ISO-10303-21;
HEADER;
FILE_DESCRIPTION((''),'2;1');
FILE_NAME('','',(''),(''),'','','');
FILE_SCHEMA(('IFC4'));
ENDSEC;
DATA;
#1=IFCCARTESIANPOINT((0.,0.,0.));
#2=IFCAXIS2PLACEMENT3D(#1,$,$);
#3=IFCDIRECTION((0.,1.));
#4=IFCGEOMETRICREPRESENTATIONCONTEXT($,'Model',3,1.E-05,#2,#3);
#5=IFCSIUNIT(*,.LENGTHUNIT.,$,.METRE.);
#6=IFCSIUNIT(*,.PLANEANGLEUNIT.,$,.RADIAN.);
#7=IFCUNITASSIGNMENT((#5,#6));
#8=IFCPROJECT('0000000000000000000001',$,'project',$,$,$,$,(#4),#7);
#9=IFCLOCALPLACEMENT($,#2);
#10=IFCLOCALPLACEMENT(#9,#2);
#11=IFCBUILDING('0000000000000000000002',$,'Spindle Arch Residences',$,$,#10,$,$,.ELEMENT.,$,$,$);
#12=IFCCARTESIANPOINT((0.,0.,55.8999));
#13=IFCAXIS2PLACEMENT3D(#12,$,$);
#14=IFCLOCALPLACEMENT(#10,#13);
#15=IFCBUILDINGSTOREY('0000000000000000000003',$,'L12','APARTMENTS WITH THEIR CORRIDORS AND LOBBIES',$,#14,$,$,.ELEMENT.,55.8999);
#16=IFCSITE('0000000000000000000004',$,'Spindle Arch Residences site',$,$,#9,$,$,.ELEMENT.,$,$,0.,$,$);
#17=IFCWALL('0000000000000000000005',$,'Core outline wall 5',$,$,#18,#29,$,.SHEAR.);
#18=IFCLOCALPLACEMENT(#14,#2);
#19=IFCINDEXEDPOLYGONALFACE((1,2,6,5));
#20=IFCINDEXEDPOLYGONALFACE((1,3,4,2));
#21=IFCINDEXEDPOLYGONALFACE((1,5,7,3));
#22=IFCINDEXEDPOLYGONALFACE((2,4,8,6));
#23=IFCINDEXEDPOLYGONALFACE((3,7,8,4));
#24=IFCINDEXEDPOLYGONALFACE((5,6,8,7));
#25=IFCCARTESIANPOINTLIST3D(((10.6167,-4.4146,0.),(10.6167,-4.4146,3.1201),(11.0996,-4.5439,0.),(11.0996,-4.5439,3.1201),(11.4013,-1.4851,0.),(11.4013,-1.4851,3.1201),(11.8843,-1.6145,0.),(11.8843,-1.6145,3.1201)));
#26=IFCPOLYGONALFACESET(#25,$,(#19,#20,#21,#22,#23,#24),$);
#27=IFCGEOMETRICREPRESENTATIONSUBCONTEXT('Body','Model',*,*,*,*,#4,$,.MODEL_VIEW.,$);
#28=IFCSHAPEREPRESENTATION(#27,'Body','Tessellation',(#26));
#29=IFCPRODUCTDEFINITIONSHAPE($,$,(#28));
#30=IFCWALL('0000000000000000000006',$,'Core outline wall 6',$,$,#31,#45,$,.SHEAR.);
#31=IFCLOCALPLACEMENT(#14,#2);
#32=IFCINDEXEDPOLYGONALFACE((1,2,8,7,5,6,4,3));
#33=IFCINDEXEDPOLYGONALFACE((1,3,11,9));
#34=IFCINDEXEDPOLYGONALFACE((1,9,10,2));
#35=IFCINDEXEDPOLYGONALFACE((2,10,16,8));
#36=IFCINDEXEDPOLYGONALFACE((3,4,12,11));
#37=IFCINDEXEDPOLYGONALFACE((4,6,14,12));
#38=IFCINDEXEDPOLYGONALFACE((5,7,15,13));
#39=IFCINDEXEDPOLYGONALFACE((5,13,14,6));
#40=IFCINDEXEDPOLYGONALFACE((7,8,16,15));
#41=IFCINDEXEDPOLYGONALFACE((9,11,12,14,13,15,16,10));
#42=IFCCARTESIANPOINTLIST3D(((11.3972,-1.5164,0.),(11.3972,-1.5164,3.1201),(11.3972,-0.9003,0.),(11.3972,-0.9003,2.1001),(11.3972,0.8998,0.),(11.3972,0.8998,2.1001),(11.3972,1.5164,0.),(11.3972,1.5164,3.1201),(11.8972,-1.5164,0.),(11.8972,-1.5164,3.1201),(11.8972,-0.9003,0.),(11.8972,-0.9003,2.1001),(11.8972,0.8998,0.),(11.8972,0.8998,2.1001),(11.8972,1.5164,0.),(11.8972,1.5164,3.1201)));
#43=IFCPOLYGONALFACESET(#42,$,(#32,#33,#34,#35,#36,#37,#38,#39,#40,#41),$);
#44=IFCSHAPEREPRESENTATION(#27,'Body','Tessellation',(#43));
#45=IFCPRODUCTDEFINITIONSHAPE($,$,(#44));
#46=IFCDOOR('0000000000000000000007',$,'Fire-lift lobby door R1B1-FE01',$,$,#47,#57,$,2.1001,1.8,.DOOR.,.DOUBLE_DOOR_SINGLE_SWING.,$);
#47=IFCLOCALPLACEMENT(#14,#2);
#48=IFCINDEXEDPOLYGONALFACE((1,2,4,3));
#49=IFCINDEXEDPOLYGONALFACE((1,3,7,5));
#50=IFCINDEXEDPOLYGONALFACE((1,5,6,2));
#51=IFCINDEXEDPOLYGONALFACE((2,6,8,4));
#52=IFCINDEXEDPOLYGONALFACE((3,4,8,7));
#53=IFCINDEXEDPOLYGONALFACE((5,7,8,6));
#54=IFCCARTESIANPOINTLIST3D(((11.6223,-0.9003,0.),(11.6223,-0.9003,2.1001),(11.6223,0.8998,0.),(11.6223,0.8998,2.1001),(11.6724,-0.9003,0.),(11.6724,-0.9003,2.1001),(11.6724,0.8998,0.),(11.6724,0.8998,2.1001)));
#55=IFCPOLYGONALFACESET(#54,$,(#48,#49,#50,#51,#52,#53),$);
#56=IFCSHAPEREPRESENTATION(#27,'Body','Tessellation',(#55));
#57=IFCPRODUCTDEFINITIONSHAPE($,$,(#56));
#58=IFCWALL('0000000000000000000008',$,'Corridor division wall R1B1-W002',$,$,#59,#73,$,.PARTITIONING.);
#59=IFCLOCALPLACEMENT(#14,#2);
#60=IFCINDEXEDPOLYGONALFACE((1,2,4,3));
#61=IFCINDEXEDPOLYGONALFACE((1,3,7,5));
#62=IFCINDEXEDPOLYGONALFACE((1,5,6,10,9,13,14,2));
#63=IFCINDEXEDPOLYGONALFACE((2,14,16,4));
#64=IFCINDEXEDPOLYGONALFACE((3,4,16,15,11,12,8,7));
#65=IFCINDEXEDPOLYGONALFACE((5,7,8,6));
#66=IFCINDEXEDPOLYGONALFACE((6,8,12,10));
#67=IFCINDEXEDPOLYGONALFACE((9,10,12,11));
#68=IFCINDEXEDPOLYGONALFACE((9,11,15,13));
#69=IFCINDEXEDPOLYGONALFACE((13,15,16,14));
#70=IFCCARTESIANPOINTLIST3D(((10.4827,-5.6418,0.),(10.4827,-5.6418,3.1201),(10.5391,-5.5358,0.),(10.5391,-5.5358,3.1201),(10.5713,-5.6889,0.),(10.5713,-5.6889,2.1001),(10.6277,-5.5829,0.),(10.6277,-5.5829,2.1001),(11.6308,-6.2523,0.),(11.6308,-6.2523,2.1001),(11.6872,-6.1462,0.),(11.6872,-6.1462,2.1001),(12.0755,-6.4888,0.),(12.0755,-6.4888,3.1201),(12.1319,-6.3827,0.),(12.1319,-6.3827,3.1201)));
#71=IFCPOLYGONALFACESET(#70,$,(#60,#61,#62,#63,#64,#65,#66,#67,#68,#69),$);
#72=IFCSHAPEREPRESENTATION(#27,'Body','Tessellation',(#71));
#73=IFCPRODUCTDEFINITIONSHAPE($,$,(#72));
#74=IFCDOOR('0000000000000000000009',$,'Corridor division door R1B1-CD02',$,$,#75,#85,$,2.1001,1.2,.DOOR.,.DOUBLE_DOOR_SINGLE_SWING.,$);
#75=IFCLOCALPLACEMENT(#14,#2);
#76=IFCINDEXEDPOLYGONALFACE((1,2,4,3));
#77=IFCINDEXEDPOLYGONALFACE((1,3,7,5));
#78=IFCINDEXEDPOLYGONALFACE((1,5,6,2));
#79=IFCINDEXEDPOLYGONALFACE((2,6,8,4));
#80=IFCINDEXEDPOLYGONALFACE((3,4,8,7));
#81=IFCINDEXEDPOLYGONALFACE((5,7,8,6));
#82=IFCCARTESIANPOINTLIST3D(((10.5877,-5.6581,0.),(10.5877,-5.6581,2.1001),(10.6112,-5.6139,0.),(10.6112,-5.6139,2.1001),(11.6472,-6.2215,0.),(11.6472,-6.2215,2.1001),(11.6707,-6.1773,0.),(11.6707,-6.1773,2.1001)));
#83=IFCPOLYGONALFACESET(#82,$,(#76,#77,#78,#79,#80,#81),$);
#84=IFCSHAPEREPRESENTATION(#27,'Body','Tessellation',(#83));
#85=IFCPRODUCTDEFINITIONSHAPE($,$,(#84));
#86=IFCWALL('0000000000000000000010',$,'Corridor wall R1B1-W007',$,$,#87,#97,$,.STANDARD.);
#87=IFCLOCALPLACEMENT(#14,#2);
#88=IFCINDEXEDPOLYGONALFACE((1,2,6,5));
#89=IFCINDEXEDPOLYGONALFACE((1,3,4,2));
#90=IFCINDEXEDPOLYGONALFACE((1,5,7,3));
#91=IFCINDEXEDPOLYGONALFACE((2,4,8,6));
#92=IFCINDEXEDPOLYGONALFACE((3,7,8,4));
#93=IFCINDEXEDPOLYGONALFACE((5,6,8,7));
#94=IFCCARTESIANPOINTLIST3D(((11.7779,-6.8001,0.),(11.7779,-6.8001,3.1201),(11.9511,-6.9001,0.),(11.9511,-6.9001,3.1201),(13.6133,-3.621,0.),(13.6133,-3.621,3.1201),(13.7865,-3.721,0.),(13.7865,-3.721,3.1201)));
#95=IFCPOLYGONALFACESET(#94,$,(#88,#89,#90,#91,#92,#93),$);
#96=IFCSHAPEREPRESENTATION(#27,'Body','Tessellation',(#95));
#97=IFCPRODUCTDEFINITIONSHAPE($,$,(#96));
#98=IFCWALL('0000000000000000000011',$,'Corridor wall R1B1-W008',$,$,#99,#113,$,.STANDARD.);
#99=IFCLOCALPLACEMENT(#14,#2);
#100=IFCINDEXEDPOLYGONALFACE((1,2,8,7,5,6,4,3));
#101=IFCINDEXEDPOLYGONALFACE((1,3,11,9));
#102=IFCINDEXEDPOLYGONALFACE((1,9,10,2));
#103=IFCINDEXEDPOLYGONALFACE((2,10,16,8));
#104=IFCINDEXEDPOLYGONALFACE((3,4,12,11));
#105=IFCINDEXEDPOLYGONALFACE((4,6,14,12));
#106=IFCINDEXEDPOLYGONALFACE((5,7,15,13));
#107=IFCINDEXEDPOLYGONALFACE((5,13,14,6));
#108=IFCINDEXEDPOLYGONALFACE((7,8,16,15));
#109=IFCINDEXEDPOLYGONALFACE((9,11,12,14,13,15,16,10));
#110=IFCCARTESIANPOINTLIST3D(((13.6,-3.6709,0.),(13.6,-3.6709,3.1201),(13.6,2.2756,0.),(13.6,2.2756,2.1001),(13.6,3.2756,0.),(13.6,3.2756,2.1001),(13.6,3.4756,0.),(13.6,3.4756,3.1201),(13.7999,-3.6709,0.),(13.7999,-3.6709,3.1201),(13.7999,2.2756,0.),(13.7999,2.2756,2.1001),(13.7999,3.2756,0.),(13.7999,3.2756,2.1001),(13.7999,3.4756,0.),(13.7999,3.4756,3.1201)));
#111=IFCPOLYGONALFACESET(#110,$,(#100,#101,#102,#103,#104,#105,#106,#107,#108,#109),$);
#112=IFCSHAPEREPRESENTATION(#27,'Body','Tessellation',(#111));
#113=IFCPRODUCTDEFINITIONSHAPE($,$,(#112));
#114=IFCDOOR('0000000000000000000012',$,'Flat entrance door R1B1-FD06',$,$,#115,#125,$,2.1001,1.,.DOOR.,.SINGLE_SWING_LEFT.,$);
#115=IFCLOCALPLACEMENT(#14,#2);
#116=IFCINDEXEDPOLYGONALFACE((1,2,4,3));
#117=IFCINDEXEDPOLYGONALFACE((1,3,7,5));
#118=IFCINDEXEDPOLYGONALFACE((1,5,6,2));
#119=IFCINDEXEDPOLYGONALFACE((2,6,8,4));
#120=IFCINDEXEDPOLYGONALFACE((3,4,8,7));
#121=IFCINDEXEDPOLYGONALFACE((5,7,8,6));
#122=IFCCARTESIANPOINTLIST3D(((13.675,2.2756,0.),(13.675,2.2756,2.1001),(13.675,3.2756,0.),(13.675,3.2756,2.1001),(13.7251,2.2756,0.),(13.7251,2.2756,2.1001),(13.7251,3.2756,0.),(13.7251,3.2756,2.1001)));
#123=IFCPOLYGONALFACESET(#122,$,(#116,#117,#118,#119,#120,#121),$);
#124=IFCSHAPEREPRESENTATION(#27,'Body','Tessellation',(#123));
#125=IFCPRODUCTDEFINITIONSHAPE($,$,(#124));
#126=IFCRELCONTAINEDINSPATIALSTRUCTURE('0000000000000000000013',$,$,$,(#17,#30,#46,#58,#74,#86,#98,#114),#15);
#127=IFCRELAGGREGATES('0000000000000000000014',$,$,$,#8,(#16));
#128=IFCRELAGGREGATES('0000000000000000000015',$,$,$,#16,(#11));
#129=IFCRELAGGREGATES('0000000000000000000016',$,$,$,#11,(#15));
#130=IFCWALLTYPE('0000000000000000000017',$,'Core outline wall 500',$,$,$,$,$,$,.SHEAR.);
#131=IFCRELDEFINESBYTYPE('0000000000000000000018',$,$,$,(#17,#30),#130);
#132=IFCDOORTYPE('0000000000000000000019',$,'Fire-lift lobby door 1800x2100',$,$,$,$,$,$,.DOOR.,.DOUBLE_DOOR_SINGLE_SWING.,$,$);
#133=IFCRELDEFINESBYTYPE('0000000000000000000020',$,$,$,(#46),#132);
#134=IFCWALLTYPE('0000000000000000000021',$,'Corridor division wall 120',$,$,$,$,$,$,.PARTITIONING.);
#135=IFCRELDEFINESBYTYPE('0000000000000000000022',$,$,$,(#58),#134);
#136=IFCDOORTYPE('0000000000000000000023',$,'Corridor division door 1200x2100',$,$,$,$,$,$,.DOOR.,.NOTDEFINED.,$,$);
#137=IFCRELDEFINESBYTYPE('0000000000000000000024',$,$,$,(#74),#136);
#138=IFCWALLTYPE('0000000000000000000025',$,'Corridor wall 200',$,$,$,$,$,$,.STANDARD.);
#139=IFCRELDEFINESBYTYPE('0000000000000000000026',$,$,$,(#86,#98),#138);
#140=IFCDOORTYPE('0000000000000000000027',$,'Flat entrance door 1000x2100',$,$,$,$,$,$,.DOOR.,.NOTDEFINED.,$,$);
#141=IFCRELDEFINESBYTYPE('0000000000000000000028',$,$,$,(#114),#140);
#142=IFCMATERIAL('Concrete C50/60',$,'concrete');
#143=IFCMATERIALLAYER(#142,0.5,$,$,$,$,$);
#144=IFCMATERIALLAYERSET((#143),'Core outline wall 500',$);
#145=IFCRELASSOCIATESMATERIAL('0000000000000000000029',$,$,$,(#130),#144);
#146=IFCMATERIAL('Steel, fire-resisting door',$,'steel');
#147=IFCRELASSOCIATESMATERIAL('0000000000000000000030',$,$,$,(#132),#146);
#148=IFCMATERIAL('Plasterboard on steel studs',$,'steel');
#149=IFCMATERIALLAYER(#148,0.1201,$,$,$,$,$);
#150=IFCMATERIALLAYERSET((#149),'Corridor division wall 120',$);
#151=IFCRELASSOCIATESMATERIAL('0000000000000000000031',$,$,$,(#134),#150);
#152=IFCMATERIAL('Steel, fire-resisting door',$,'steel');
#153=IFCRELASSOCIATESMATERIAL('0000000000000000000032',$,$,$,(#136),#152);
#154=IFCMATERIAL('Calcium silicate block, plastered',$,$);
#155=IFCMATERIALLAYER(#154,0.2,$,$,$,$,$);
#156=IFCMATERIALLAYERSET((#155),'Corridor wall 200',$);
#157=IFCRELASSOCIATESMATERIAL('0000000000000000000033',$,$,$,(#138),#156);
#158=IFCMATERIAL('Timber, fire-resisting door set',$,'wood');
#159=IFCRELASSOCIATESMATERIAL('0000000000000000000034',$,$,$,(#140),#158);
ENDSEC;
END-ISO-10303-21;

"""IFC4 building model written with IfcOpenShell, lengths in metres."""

from ifc_helpers import new_model, si_unit, direction, frame, frame_2d, origin, place, context, subcontext, project, spatial, rectangle, extrude, material, layer, layer_set, type_object, element, fill, save


model = new_model("IFC4")

# Units and contexts
model_context = context("Model", 3, precision=1e-05, world=origin(), true_north=direction((0.0, 1.0)))
body_context = subcontext(model_context, "Body", "Model", "MODEL_VIEW")
ifc_project = project(units=[si_unit("LENGTHUNIT", "METRE"), si_unit("PLANEANGLEUNIT", "RADIAN")], contexts=[model_context])

# Site, building, storey
site_placement = place(None, origin())
site = spatial("IfcSite", under=ifc_project, at=site_placement, Name="Spindle Arch Residences site", CompositionType="ELEMENT", RefElevation=0.0)
building_placement = place(site_placement, origin())
building = spatial("IfcBuilding", under=site, at=building_placement, Name="Spindle Arch Residences", CompositionType="ELEMENT")
storey_placement = place(building_placement, frame((0.0, 0.0, 55.8999)))
storey = spatial("IfcBuildingStorey", under=building, at=storey_placement, Name="L12", Description="APARTMENTS WITH THEIR CORRIDORS AND LOBBIES", CompositionType="ELEMENT", Elevation=55.8999)

# Wall
ifc_material_1 = material(Name="Concrete C50/60", Category="concrete")
ifc_layer_1 = layer(ifc_material_1, 0.5)
ifc_layer_set_1 = layer_set([ifc_layer_1], Name="Core outline wall 500")
wall_type_1 = type_object("IfcWallType", Name="Core outline wall 500", PredefinedType="SHEAR", material=ifc_layer_set_1)
wall_1_placement = place(storey_placement, frame((10.8582, -4.4792, 0.0), z_axis=(0.0, 0.0, 1.0), x_axis=(0.258735, 0.965948, 0.0)))
element("IfcWall", 1, at=wall_1_placement, inside=storey, type_object=wall_type_1, Name="Core outline wall 5", PredefinedType="SHEAR", context=body_context, shape_type="SweptSolid", body=[
    extrude(rectangle(XDim=3.0327, YDim=0.5, at=frame_2d((1.5164, 0.0))), origin(), (0.0, 0.0, 1.0), 3.1201),
])

# Walls, openings, doors
wall_2_placement = place(storey_placement, frame((11.6472, -1.5164, 0.0), z_axis=(0.0, 0.0, 1.0), x_axis=(0.0, 1.0, 0.0)))
wall_2 = element("IfcWall", 2, at=wall_2_placement, inside=storey, type_object=wall_type_1, Name="Core outline wall 6", PredefinedType="SHEAR", context=body_context, shape_type="SweptSolid", body=[
    extrude(rectangle(XDim=3.0327, YDim=0.5, at=frame_2d((1.5164, 0.0))), origin(), (0.0, 0.0, 1.0), 3.1201),
])
opening_1_placement = place(wall_2_placement, frame((0.6162, 0.0, 0.0)))
opening_1 = element("IfcOpeningElement", 3, at=opening_1_placement, cuts=wall_2, PredefinedType="OPENING", context=body_context, shape_type="SweptSolid", body=[
    extrude(rectangle(XDim=1.8, YDim=2.1001, at=frame_2d((0.8999, 1.05))), frame((0.0, 0.26, 0.0), z_axis=(0.0, -1.0, 0.0), x_axis=(1.0, 0.0, 0.0)), (0.0, 0.0, 1.0), 0.52),
])
ifc_material_2 = material(Name="Steel, fire-resisting door", Category="steel")
door_type_1 = type_object("IfcDoorType", Name="Fire-lift lobby door 1800x2100", OperationType="DOUBLE_DOOR_SINGLE_SWING", PredefinedType="DOOR", material=ifc_material_2)
door_1_placement = place(opening_1_placement, origin())
door_1 = element("IfcDoor", 4, at=door_1_placement, inside=storey, type_object=door_type_1, Name="Fire-lift lobby door R1B1-FE01", OperationType="DOUBLE_DOOR_SINGLE_SWING", OverallHeight=2.1001, OverallWidth=1.8, PredefinedType="DOOR", context=body_context, shape_type="SweptSolid", body=[
    extrude(rectangle(XDim=1.8, YDim=2.1001, at=frame_2d((0.8999, 1.05))), frame((0.0, 0.0249, 0.0), z_axis=(0.0, -1.0, 0.0), x_axis=(1.0, 0.0, 0.0)), (0.0, 0.0, 1.0), 0.05),
])
fill(opening_1, door_1)
ifc_material_3 = material(Name="Plasterboard on steel studs", Category="steel")
ifc_layer_2 = layer(ifc_material_3, 0.1201)
ifc_layer_set_2 = layer_set([ifc_layer_2], Name="Corridor division wall 120")
wall_type_2 = type_object("IfcWallType", Name="Corridor division wall 120", PredefinedType="PARTITIONING", material=ifc_layer_set_2)
wall_3_placement = place(storey_placement, frame((10.511, -5.5889, 0.0), z_axis=(0.0, 0.0, 1.0), x_axis=(0.88294, -0.469485, 0.0)))
wall_3 = element("IfcWall", 5, at=wall_3_placement, inside=storey, type_object=wall_type_2, Name="Corridor division wall R1B1-W002", PredefinedType="PARTITIONING", context=body_context, shape_type="SweptSolid", body=[
    extrude(rectangle(XDim=1.804, YDim=0.1201, at=frame_2d((0.9019, 0.0))), origin(), (0.0, 0.0, 1.0), 3.1201),
])
opening_2_placement = place(wall_3_placement, frame((0.1001, 0.0, 0.0)))
opening_2 = element("IfcOpeningElement", 6, at=opening_2_placement, cuts=wall_3, PredefinedType="OPENING", context=body_context, shape_type="SweptSolid", body=[
    extrude(rectangle(XDim=1.2, YDim=2.1001, at=frame_2d((0.6001, 1.05))), frame((0.0, 0.0701, 0.0), z_axis=(0.0, -1.0, 0.0), x_axis=(1.0, 0.0, 0.0)), (0.0, 0.0, 1.0), 0.1401),
])
ifc_material_4 = material(Name="Steel, fire-resisting door", Category="steel")
door_type_2 = type_object("IfcDoorType", Name="Corridor division door 1200x2100", OperationType="NOTDEFINED", PredefinedType="DOOR", material=ifc_material_4)
door_2_placement = place(opening_2_placement, origin())
door_2 = element("IfcDoor", 7, at=door_2_placement, inside=storey, type_object=door_type_2, Name="Corridor division door R1B1-CD02", OperationType="DOUBLE_DOOR_SINGLE_SWING", OverallHeight=2.1001, OverallWidth=1.2, PredefinedType="DOOR", context=body_context, shape_type="SweptSolid", body=[
    extrude(rectangle(XDim=1.2, YDim=2.1001, at=frame_2d((0.6001, 1.05))), frame((0.0, 0.0249, 0.0), z_axis=(0.0, -1.0, 0.0), x_axis=(1.0, 0.0, 0.0)), (0.0, 0.0, 1.0), 0.05),
])
fill(opening_2, door_2)

# Wall
ifc_material_5 = material(Name="Calcium silicate block, plastered")
ifc_layer_3 = layer(ifc_material_5, 0.2)
ifc_layer_set_3 = layer_set([ifc_layer_3], Name="Corridor wall 200")
wall_type_3 = type_object("IfcWallType", Name="Corridor wall 200", PredefinedType="STANDARD", material=ifc_layer_set_3)
wall_4_placement = place(storey_placement, frame((11.8645, -6.8501, 0.0), z_axis=(0.0, 0.0, 1.0), x_axis=(0.499987, 0.866033, 0.0)))
element("IfcWall", 8, at=wall_4_placement, inside=storey, type_object=wall_type_3, Name="Corridor wall R1B1-W007", PredefinedType="STANDARD", context=body_context, shape_type="SweptSolid", body=[
    extrude(rectangle(XDim=3.6709, YDim=0.2, at=frame_2d((1.8354, 0.0))), origin(), (0.0, 0.0, 1.0), 3.1201),
])

# Wall, opening, door
wall_5_placement = place(storey_placement, frame((13.7, -3.6709, 0.0), z_axis=(0.0, 0.0, 1.0), x_axis=(0.0, 1.0, 0.0)))
wall_5 = element("IfcWall", 9, at=wall_5_placement, inside=storey, type_object=wall_type_3, Name="Corridor wall R1B1-W008", PredefinedType="STANDARD", context=body_context, shape_type="SweptSolid", body=[
    extrude(rectangle(XDim=7.1465, YDim=0.2, at=frame_2d((3.5732, 0.0))), origin(), (0.0, 0.0, 1.0), 3.1201),
])
opening_3_placement = place(wall_5_placement, frame((5.9465, 0.0, 0.0)))
opening_3 = element("IfcOpeningElement", 10, at=opening_3_placement, cuts=wall_5, PredefinedType="OPENING", context=body_context, shape_type="SweptSolid", body=[
    extrude(rectangle(XDim=1.0, YDim=2.1001, at=frame_2d((0.5, 1.05))), frame((0.0, 0.1099, 0.0), z_axis=(0.0, -1.0, 0.0), x_axis=(1.0, 0.0, 0.0)), (0.0, 0.0, 1.0), 0.22),
])
ifc_material_6 = material(Name="Timber, fire-resisting door set", Category="wood")
door_type_3 = type_object("IfcDoorType", Name="Flat entrance door 1000x2100", OperationType="NOTDEFINED", PredefinedType="DOOR", material=ifc_material_6)
door_3_placement = place(opening_3_placement, origin())
door_3 = element("IfcDoor", 11, at=door_3_placement, inside=storey, type_object=door_type_3, Name="Flat entrance door R1B1-FD06", OperationType="SINGLE_SWING_LEFT", OverallHeight=2.1001, OverallWidth=1.0, PredefinedType="DOOR", context=body_context, shape_type="SweptSolid", body=[
    extrude(rectangle(XDim=1.0, YDim=2.1001, at=frame_2d((0.5, 1.05))), frame((0.0, 0.0249, 0.0), z_axis=(0.0, -1.0, 0.0), x_axis=(1.0, 0.0, 0.0)), (0.0, 0.0, 1.0), 0.05),
])
fill(opening_3, door_3)

save(model, "model.ifc")
